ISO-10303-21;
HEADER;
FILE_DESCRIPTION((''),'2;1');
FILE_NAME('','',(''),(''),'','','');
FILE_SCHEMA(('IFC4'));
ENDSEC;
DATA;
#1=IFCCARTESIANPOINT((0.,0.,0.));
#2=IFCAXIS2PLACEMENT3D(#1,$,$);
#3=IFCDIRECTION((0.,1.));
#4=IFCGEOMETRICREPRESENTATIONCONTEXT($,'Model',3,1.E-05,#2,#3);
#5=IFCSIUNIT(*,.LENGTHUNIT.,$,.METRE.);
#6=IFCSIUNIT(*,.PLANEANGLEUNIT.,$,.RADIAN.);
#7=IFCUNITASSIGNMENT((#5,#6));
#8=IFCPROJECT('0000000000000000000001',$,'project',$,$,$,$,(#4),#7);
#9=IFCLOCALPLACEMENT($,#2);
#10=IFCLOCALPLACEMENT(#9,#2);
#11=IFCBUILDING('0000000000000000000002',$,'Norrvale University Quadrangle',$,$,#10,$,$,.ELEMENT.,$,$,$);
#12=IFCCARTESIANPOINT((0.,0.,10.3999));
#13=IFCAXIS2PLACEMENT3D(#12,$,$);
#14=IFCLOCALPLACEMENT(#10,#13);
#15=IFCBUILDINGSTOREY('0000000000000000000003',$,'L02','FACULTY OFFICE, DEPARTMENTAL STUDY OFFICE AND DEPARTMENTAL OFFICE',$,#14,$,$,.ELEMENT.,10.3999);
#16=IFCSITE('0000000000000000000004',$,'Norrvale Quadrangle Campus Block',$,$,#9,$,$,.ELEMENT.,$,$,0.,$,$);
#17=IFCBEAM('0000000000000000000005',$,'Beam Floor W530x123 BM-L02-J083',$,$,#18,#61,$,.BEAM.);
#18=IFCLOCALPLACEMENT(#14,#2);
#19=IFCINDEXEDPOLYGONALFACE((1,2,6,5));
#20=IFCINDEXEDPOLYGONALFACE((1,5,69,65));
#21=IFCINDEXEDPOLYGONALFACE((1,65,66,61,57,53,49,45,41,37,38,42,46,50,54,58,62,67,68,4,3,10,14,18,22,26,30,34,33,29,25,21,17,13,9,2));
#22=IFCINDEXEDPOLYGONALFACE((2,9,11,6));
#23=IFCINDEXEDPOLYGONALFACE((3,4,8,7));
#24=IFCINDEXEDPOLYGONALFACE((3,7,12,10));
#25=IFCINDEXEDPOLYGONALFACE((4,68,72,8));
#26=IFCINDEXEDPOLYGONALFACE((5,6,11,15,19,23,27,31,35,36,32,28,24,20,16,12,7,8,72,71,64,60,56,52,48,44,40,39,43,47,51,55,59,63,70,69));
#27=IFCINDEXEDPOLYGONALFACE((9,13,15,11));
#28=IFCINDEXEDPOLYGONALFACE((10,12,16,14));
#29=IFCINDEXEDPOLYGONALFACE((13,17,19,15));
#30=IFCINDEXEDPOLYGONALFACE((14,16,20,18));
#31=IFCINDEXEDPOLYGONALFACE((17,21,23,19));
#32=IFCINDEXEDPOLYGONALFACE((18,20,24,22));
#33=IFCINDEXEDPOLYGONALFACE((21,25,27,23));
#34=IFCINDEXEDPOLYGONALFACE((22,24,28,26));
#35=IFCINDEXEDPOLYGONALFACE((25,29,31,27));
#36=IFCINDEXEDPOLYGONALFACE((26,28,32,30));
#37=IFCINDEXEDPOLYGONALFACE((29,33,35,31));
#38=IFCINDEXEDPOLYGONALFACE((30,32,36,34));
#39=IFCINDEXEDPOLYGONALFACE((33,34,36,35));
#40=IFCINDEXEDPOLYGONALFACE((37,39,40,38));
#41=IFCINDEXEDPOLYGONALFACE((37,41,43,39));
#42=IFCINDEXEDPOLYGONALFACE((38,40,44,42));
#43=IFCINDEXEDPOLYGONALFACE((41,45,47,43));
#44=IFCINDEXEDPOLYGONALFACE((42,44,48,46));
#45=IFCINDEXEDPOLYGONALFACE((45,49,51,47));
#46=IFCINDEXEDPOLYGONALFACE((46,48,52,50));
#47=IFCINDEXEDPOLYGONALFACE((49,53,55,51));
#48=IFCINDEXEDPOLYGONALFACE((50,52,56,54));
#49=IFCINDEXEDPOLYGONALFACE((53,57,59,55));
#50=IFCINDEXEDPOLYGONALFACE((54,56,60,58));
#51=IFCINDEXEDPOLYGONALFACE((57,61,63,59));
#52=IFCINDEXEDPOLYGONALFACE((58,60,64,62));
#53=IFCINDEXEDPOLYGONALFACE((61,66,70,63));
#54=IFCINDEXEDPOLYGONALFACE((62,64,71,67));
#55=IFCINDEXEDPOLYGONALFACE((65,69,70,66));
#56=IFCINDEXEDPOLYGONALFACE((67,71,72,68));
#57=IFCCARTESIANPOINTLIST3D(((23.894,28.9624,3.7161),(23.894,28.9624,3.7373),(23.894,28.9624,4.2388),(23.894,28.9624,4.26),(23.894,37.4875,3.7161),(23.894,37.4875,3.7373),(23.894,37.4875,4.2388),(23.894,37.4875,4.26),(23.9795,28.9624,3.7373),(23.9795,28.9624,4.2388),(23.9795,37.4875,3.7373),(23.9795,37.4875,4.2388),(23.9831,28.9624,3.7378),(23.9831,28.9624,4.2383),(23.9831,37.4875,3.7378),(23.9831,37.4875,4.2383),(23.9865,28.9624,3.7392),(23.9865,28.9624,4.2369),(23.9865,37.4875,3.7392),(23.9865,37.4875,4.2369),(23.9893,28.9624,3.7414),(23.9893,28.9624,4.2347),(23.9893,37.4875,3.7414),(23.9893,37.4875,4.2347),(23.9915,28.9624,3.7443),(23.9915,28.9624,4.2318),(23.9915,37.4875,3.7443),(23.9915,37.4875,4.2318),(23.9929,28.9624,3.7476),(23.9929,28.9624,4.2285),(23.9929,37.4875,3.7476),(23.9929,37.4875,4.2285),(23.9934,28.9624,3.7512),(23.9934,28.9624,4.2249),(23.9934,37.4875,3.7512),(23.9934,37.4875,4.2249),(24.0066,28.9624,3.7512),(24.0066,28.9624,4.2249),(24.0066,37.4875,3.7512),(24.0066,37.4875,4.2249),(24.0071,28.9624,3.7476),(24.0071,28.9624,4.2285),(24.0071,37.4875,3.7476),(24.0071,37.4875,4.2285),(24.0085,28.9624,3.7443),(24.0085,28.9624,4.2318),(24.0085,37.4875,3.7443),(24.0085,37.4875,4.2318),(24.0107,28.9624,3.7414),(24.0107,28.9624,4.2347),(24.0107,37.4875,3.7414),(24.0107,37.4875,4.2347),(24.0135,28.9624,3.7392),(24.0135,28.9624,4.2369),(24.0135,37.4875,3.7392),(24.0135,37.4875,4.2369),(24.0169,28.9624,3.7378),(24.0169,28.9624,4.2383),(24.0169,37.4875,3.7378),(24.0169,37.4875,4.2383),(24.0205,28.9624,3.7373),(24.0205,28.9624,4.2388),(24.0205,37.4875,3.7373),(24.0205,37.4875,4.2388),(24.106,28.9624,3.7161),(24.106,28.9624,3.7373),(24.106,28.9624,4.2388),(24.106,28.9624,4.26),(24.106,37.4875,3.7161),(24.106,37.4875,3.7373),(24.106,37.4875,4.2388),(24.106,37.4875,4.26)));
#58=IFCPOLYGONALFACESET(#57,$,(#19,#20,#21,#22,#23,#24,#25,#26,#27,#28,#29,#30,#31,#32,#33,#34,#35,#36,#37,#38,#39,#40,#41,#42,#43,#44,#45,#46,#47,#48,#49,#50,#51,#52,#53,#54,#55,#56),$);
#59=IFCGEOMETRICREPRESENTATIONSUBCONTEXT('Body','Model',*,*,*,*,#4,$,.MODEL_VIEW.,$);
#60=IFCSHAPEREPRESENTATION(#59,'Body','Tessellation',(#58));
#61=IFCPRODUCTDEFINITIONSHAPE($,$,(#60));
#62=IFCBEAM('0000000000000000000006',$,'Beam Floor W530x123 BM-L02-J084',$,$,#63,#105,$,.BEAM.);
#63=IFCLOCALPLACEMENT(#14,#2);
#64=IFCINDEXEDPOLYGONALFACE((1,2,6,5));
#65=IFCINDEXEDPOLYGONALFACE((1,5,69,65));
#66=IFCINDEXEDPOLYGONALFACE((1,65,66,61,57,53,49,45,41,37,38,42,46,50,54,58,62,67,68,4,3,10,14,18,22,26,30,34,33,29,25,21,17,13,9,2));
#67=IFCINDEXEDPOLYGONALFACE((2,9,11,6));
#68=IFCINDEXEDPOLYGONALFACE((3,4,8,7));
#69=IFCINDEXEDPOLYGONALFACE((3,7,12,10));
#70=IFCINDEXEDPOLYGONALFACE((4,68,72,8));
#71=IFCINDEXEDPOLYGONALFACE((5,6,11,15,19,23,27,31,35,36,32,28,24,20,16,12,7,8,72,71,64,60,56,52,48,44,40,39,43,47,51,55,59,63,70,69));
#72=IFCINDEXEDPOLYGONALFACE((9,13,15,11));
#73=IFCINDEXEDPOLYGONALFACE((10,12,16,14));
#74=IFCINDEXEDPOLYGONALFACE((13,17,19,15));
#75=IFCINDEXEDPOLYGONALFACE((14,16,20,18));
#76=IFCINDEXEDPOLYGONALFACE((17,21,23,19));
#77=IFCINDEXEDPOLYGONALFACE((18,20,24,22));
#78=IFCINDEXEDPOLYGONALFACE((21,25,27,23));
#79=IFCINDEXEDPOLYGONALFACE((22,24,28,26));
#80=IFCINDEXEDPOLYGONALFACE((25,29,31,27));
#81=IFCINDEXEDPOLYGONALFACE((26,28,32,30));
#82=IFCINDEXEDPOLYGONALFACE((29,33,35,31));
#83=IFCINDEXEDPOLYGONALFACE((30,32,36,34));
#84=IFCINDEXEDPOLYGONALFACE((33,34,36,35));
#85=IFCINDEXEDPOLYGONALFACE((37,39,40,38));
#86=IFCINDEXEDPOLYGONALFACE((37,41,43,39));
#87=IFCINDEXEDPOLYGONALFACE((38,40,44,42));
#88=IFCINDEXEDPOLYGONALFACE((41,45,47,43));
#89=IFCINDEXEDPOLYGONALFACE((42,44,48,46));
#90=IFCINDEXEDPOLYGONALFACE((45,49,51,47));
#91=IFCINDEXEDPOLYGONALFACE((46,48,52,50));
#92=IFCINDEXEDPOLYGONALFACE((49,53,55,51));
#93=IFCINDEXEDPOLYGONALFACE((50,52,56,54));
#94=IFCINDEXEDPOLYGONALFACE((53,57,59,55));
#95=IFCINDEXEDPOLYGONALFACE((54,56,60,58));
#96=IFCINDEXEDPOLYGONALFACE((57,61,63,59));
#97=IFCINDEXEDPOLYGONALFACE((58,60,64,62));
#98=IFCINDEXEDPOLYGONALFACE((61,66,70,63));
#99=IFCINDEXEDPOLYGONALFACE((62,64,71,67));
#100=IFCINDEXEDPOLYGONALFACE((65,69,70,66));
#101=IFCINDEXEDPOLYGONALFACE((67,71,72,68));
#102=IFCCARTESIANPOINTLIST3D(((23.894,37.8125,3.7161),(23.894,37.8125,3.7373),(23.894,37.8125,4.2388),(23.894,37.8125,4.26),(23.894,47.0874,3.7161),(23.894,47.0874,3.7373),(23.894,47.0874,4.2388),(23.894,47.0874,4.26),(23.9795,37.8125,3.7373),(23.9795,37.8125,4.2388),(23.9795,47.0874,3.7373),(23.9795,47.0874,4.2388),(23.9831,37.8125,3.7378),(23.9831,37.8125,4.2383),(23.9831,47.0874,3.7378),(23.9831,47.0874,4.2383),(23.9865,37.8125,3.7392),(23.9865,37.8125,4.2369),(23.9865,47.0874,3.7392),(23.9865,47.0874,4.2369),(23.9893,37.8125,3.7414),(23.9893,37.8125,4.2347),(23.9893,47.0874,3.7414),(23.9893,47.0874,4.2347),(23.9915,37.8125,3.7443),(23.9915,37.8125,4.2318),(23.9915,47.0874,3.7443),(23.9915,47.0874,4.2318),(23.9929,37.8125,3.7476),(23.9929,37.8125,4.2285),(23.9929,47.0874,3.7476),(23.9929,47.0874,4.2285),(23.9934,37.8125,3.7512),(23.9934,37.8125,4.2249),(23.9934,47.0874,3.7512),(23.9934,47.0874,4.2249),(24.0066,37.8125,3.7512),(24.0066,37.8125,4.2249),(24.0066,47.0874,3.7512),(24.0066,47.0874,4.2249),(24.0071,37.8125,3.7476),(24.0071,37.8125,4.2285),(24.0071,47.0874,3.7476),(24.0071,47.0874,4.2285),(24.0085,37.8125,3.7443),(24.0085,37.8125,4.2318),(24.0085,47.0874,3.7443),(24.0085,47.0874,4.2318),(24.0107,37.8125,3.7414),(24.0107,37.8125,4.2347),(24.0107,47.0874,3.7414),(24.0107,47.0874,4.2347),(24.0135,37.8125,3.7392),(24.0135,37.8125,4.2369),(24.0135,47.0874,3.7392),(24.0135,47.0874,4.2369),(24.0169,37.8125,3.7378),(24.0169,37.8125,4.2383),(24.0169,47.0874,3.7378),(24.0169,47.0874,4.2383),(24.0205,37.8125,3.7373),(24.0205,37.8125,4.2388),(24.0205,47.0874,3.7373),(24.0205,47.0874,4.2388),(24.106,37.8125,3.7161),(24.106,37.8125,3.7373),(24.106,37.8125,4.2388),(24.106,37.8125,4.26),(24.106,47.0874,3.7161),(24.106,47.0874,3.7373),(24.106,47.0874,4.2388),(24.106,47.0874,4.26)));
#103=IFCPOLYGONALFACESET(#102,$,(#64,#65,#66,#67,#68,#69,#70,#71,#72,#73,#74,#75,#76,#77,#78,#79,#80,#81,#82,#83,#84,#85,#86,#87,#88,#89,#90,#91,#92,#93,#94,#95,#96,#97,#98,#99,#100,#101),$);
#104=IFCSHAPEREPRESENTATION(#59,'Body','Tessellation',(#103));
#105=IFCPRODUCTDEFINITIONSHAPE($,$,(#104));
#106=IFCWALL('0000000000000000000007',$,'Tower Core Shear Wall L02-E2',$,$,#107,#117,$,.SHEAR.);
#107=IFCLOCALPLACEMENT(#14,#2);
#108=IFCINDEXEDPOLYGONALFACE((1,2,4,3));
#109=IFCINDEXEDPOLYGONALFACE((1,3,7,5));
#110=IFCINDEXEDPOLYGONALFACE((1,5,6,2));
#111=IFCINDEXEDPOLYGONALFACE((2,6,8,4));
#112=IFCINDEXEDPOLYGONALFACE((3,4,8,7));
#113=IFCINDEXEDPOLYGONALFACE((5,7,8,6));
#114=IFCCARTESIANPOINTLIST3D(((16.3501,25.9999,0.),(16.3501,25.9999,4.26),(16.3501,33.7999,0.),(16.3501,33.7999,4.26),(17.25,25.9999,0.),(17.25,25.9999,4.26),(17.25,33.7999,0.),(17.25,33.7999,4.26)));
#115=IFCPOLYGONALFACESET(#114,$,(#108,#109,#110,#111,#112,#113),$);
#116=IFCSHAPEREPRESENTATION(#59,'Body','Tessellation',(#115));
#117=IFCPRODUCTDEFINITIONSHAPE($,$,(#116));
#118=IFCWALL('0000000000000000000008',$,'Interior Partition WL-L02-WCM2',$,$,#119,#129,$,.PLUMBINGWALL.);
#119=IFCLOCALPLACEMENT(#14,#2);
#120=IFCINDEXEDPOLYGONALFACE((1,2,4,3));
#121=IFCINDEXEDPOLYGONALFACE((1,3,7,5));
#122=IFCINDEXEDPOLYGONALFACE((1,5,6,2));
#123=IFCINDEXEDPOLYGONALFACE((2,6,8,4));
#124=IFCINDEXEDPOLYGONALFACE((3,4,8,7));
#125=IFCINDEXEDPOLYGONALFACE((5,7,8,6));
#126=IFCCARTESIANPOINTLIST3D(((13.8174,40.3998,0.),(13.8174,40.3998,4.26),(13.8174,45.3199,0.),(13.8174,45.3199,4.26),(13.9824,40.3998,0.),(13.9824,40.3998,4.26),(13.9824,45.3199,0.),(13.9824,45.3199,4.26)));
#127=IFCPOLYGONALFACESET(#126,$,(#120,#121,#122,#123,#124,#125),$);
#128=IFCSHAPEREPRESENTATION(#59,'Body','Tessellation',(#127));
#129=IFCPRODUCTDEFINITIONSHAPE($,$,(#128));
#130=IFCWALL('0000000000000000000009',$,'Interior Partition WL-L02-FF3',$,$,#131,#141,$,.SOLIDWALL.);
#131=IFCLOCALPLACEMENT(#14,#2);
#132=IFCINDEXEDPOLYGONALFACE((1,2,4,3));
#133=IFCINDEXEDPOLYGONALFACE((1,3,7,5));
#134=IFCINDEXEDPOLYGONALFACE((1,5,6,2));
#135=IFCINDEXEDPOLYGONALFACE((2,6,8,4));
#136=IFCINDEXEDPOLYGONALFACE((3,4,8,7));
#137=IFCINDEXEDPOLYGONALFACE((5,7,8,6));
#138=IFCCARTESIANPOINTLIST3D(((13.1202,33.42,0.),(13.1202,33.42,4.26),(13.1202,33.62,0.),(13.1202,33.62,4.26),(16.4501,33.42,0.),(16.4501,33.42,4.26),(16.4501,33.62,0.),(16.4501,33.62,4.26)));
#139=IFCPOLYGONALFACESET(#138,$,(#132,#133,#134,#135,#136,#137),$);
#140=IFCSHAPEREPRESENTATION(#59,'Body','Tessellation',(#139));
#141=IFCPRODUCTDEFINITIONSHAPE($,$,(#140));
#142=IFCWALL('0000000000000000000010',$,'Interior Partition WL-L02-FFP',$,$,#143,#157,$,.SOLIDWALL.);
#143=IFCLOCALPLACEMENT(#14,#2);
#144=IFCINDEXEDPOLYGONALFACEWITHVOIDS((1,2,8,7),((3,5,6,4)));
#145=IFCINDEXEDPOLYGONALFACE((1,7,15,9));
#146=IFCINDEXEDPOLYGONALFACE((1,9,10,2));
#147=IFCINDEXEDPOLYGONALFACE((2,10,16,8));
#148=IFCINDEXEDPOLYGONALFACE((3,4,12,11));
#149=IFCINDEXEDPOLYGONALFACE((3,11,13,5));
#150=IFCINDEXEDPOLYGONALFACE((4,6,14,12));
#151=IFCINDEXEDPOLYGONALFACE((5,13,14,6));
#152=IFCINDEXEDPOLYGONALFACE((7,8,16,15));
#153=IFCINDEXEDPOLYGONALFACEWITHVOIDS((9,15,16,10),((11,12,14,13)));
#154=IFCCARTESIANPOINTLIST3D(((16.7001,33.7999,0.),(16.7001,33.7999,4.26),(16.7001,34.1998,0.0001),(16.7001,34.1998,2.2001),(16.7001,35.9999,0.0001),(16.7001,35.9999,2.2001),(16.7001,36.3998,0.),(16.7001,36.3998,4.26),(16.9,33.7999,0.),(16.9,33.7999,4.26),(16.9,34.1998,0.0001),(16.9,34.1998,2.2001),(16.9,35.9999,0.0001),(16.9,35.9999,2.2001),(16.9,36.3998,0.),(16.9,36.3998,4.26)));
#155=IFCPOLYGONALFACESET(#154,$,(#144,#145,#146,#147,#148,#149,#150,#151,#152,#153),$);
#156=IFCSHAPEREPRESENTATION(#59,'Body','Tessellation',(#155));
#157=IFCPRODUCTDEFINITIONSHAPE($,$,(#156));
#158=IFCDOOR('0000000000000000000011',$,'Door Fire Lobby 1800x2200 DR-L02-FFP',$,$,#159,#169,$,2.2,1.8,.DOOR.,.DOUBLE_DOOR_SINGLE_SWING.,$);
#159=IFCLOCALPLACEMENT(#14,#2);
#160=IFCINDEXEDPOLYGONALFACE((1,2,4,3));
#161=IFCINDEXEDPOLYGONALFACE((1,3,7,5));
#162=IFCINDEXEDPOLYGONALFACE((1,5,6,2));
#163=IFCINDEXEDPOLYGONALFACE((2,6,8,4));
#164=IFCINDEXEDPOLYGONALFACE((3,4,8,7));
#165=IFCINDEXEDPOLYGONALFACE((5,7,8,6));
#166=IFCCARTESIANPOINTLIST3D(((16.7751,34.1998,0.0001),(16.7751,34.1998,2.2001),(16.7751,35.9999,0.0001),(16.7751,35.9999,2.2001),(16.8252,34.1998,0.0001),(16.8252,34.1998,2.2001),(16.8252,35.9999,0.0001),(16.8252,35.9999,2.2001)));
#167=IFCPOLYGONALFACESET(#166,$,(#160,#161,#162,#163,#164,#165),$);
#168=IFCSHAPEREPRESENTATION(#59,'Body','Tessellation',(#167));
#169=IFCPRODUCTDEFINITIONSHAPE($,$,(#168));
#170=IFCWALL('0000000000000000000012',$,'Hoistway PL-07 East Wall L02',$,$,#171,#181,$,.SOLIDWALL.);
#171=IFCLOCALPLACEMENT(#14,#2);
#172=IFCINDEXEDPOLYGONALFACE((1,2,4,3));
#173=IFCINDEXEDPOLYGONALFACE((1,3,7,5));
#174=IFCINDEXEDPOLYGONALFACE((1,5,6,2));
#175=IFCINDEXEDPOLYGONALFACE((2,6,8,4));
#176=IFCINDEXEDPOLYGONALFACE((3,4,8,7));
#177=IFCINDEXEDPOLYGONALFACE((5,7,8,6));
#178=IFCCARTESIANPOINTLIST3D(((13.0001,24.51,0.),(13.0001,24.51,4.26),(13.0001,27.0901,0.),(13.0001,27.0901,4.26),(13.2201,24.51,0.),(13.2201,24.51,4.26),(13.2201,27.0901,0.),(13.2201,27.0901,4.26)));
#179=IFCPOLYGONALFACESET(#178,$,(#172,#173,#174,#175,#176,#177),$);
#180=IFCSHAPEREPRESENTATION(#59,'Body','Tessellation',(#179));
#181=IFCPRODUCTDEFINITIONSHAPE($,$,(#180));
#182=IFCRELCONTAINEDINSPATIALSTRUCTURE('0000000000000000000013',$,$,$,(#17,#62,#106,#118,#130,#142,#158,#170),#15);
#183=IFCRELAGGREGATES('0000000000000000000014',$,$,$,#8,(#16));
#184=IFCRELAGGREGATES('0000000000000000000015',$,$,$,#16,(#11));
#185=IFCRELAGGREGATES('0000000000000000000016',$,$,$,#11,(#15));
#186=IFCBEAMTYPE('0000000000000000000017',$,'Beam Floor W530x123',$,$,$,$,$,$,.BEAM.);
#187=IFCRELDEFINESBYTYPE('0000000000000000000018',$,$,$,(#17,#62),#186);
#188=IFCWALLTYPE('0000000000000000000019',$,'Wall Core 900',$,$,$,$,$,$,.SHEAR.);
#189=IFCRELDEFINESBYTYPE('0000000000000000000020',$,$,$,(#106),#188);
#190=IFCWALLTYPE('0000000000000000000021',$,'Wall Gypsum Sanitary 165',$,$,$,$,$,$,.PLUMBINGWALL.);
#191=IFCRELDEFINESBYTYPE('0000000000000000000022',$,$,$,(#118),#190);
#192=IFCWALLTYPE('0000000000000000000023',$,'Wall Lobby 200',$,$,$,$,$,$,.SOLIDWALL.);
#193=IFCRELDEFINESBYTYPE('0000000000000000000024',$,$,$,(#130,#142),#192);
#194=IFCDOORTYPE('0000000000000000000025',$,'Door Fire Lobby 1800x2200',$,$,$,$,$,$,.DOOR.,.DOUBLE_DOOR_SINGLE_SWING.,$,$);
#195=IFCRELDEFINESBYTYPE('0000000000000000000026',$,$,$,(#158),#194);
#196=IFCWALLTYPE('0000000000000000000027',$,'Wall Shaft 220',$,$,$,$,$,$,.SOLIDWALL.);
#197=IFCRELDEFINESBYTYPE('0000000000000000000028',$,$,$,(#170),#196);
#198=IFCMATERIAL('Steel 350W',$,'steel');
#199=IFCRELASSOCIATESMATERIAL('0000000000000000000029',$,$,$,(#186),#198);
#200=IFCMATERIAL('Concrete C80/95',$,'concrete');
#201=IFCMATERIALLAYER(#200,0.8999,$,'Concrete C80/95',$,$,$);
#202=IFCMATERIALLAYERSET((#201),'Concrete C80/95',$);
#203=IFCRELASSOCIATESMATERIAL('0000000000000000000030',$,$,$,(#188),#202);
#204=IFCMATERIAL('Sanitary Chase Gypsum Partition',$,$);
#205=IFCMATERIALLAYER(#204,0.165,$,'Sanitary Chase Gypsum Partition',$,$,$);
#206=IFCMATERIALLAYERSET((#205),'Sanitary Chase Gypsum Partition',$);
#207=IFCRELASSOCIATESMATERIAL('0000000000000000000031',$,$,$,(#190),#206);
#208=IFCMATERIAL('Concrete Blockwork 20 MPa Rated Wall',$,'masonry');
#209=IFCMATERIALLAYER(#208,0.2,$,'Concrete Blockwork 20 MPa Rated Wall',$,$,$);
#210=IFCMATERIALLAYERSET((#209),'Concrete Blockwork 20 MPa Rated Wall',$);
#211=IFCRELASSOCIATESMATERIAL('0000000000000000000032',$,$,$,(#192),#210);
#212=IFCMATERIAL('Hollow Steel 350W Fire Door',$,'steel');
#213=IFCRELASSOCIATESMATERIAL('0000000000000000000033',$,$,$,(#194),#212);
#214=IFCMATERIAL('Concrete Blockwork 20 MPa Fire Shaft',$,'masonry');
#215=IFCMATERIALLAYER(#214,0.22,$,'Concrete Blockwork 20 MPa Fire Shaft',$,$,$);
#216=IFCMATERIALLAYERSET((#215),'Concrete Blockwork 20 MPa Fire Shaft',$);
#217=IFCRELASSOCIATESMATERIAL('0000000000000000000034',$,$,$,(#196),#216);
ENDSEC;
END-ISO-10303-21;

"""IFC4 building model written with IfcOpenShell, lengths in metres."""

from ifc_helpers import new_model, si_unit, direction, frame, frame_2d, origin, origin_2d, place, context, subcontext, project, spatial, rectangle, i_section, extrude, material, layer, layer_set, material_profile, profile_set, type_object, element, fill, save


model = new_model("IFC4")

# Units and contexts
model_context = context("Model", 3, precision=1e-05, world=origin(), true_north=direction((0.0, 1.0)))
body_context = subcontext(model_context, "Body", "Model", "MODEL_VIEW")
ifc_project = project(units=[si_unit("LENGTHUNIT", "METRE"), si_unit("PLANEANGLEUNIT", "RADIAN")], contexts=[model_context])

# Site, building, storey
site_placement = place(None, origin())
site = spatial("IfcSite", under=ifc_project, at=site_placement, Name="Norrvale Quadrangle Campus Block", CompositionType="ELEMENT", RefElevation=0.0)
building_placement = place(site_placement, origin())
building = spatial("IfcBuilding", under=site, at=building_placement, Name="Norrvale University Quadrangle", CompositionType="ELEMENT")
storey_placement = place(building_placement, frame((0.0, 0.0, 10.3999)))
storey = spatial("IfcBuildingStorey", under=building, at=storey_placement, Name="L02", Description="FACULTY OFFICE, DEPARTMENTAL STUDY OFFICE AND DEPARTMENTAL OFFICE", CompositionType="ELEMENT", Elevation=10.3999)

# Shared definitions
ifc_material_1 = material(Name="Concrete C80/95", Category="concrete")

# Beams
ifc_material_2 = material(Name="Steel 350W", Category="steel")
ifc_material_profile_1 = material_profile(ifc_material_2, i_section(OverallWidth=0.2119, OverallDepth=0.5439, WebThickness=0.0132, FlangeThickness=0.0212, FilletRadius=0.0139, at=origin_2d()), Name="Steel 350W")
ifc_profile_set_1 = profile_set([ifc_material_profile_1], Name="Steel 350W")
beam_type_1 = type_object("IfcBeamType", Name="Beam Floor W530x123", PredefinedType="BEAM", material=ifc_profile_set_1)
beam_1_placement = place(storey_placement, frame((24.0, 28.9624, 3.988), z_axis=(0.0, 1.0, 0.0), x_axis=(-1.0, 0.0, 0.0)))
element("IfcBeam", 1, at=beam_1_placement, inside=storey, type_object=beam_type_1, Name="Beam Floor W530x123 BM-L02-J083", PredefinedType="BEAM", context=body_context, shape_type="SweptSolid", body=[
    extrude(i_section(OverallWidth=0.2119, OverallDepth=0.5439, WebThickness=0.0132, FlangeThickness=0.0212, FilletRadius=0.0139, at=origin_2d()), origin(), (0.0, 0.0, 1.0), 8.5251),
])
beam_2_placement = place(storey_placement, frame((24.0, 37.8125, 3.988), z_axis=(0.0, 1.0, 0.0), x_axis=(-1.0, 0.0, 0.0)))
element("IfcBeam", 2, at=beam_2_placement, inside=storey, type_object=beam_type_1, Name="Beam Floor W530x123 BM-L02-J084", PredefinedType="BEAM", context=body_context, shape_type="SweptSolid", body=[
    extrude(i_section(OverallWidth=0.2119, OverallDepth=0.5439, WebThickness=0.0132, FlangeThickness=0.0212, FilletRadius=0.0139, at=origin_2d()), origin(), (0.0, 0.0, 1.0), 9.2749),
])

# Wall
ifc_layer_1 = layer(ifc_material_1, 0.8999, Name="Concrete C80/95")
ifc_layer_set_1 = layer_set([ifc_layer_1], Name="Concrete C80/95")
wall_type_1 = type_object("IfcWallType", Name="Wall Core 900", PredefinedType="SHEAR", material=ifc_layer_set_1)
wall_1_placement = place(storey_placement, frame((16.8, 26.0, 0.0), z_axis=(0.0, 0.0, 1.0), x_axis=(0.0, 1.0, 0.0)))
element("IfcWall", 3, at=wall_1_placement, inside=storey, type_object=wall_type_1, Name="Tower Core Shear Wall L02-E2", PredefinedType="SHEAR", context=body_context, shape_type="SweptSolid", body=[
    extrude(rectangle(XDim=7.8, YDim=0.8999, at=frame_2d((3.8999, 0.0))), origin(), (0.0, 0.0, 1.0), 4.26),
])

# Walls
ifc_material_3 = material(Name="Sanitary Chase Gypsum Partition")
ifc_layer_2 = layer(ifc_material_3, 0.165, Name="Sanitary Chase Gypsum Partition")
ifc_layer_set_2 = layer_set([ifc_layer_2], Name="Sanitary Chase Gypsum Partition")
wall_type_2 = type_object("IfcWallType", Name="Wall Gypsum Sanitary 165", PredefinedType="PLUMBINGWALL", material=ifc_layer_set_2)
wall_2_placement = place(storey_placement, frame((13.8999, 40.3999, 0.0), z_axis=(0.0, 0.0, 1.0), x_axis=(0.0, 1.0, 0.0)))
element("IfcWall", 4, at=wall_2_placement, inside=storey, type_object=wall_type_2, Name="Interior Partition WL-L02-WCM2", PredefinedType="PLUMBINGWALL", context=body_context, shape_type="SweptSolid", body=[
    extrude(rectangle(XDim=4.9202, YDim=0.165, at=frame_2d((2.46, 0.0))), origin(), (0.0, 0.0, 1.0), 4.26),
])
ifc_material_4 = material(Name="Concrete Blockwork 20 MPa Rated Wall", Category="masonry")
ifc_layer_3 = layer(ifc_material_4, 0.2, Name="Concrete Blockwork 20 MPa Rated Wall")
ifc_layer_set_3 = layer_set([ifc_layer_3], Name="Concrete Blockwork 20 MPa Rated Wall")
wall_type_3 = type_object("IfcWallType", Name="Wall Lobby 200", PredefinedType="SOLIDWALL", material=ifc_layer_set_3)
wall_3_placement = place(storey_placement, frame((13.1201, 33.52, 0.0), z_axis=(0.0, 0.0, 1.0), x_axis=(1.0, 0.0, 0.0)))
element("IfcWall", 5, at=wall_3_placement, inside=storey, type_object=wall_type_3, Name="Interior Partition WL-L02-FF3", PredefinedType="SOLIDWALL", context=body_context, shape_type="SweptSolid", body=[
    extrude(rectangle(XDim=3.3298, YDim=0.2, at=frame_2d((1.665, 0.0))), origin(), (0.0, 0.0, 1.0), 4.26),
])

# Wall, opening, door
wall_4_placement = place(storey_placement, frame((16.8, 33.8, 0.0), z_axis=(0.0, 0.0, 1.0), x_axis=(0.0, 1.0, 0.0)))
wall_4 = element("IfcWall", 6, at=wall_4_placement, inside=storey, type_object=wall_type_3, Name="Interior Partition WL-L02-FFP", PredefinedType="SOLIDWALL", context=body_context, shape_type="SweptSolid", body=[
    extrude(rectangle(XDim=2.5999, YDim=0.2, at=frame_2d((1.2998, 0.0))), origin(), (0.0, 0.0, 1.0), 4.26),
])
opening_1_placement = place(wall_4_placement, frame((0.3999, 0.0, 0.0)))
opening_1 = element("IfcOpeningElement", 7, at=opening_1_placement, cuts=wall_4, PredefinedType="OPENING", context=body_context, shape_type="SweptSolid", body=[
    extrude(rectangle(XDim=1.8, YDim=2.2, at=frame_2d((0.8999, 1.1001))), frame((0.0, 0.1121, 0.0), z_axis=(0.0, -1.0, 0.0), x_axis=(1.0, 0.0, 0.0)), (0.0, 0.0, 1.0), 0.2239),
])
ifc_material_5 = material(Name="Hollow Steel 350W Fire Door", Category="steel")
door_type_1 = type_object("IfcDoorType", Name="Door Fire Lobby 1800x2200", OperationType="DOUBLE_DOOR_SINGLE_SWING", PredefinedType="DOOR", material=ifc_material_5)
door_1_placement = place(opening_1_placement, origin())
door_1 = element("IfcDoor", 8, at=door_1_placement, inside=storey, type_object=door_type_1, Name="Door Fire Lobby 1800x2200 DR-L02-FFP", OperationType="DOUBLE_DOOR_SINGLE_SWING", OverallHeight=2.2, OverallWidth=1.8, PredefinedType="DOOR", context=body_context, shape_type="SweptSolid", body=[
    extrude(rectangle(XDim=1.8, YDim=2.2, at=frame_2d((0.8999, 1.1001))), frame((0.0, 0.0249, 0.0), z_axis=(0.0, -1.0, 0.0), x_axis=(1.0, 0.0, 0.0)), (0.0, 0.0, 1.0), 0.05),
])
fill(opening_1, door_1)

# Wall
ifc_material_6 = material(Name="Concrete Blockwork 20 MPa Fire Shaft", Category="masonry")
ifc_layer_4 = layer(ifc_material_6, 0.22, Name="Concrete Blockwork 20 MPa Fire Shaft")
ifc_layer_set_4 = layer_set([ifc_layer_4], Name="Concrete Blockwork 20 MPa Fire Shaft")
wall_type_4 = type_object("IfcWallType", Name="Wall Shaft 220", PredefinedType="SOLIDWALL", material=ifc_layer_set_4)
wall_5_placement = place(storey_placement, frame((13.1101, 24.51, 0.0), z_axis=(0.0, 0.0, 1.0), x_axis=(0.0, 1.0, 0.0)))
element("IfcWall", 9, at=wall_5_placement, inside=storey, type_object=wall_type_4, Name="Hoistway PL-07 East Wall L02", PredefinedType="SOLIDWALL", context=body_context, shape_type="SweptSolid", body=[
    extrude(rectangle(XDim=2.5801, YDim=0.22, at=frame_2d((1.29, 0.0))), origin(), (0.0, 0.0, 1.0), 4.26),
])

save(model, "model.ifc")
